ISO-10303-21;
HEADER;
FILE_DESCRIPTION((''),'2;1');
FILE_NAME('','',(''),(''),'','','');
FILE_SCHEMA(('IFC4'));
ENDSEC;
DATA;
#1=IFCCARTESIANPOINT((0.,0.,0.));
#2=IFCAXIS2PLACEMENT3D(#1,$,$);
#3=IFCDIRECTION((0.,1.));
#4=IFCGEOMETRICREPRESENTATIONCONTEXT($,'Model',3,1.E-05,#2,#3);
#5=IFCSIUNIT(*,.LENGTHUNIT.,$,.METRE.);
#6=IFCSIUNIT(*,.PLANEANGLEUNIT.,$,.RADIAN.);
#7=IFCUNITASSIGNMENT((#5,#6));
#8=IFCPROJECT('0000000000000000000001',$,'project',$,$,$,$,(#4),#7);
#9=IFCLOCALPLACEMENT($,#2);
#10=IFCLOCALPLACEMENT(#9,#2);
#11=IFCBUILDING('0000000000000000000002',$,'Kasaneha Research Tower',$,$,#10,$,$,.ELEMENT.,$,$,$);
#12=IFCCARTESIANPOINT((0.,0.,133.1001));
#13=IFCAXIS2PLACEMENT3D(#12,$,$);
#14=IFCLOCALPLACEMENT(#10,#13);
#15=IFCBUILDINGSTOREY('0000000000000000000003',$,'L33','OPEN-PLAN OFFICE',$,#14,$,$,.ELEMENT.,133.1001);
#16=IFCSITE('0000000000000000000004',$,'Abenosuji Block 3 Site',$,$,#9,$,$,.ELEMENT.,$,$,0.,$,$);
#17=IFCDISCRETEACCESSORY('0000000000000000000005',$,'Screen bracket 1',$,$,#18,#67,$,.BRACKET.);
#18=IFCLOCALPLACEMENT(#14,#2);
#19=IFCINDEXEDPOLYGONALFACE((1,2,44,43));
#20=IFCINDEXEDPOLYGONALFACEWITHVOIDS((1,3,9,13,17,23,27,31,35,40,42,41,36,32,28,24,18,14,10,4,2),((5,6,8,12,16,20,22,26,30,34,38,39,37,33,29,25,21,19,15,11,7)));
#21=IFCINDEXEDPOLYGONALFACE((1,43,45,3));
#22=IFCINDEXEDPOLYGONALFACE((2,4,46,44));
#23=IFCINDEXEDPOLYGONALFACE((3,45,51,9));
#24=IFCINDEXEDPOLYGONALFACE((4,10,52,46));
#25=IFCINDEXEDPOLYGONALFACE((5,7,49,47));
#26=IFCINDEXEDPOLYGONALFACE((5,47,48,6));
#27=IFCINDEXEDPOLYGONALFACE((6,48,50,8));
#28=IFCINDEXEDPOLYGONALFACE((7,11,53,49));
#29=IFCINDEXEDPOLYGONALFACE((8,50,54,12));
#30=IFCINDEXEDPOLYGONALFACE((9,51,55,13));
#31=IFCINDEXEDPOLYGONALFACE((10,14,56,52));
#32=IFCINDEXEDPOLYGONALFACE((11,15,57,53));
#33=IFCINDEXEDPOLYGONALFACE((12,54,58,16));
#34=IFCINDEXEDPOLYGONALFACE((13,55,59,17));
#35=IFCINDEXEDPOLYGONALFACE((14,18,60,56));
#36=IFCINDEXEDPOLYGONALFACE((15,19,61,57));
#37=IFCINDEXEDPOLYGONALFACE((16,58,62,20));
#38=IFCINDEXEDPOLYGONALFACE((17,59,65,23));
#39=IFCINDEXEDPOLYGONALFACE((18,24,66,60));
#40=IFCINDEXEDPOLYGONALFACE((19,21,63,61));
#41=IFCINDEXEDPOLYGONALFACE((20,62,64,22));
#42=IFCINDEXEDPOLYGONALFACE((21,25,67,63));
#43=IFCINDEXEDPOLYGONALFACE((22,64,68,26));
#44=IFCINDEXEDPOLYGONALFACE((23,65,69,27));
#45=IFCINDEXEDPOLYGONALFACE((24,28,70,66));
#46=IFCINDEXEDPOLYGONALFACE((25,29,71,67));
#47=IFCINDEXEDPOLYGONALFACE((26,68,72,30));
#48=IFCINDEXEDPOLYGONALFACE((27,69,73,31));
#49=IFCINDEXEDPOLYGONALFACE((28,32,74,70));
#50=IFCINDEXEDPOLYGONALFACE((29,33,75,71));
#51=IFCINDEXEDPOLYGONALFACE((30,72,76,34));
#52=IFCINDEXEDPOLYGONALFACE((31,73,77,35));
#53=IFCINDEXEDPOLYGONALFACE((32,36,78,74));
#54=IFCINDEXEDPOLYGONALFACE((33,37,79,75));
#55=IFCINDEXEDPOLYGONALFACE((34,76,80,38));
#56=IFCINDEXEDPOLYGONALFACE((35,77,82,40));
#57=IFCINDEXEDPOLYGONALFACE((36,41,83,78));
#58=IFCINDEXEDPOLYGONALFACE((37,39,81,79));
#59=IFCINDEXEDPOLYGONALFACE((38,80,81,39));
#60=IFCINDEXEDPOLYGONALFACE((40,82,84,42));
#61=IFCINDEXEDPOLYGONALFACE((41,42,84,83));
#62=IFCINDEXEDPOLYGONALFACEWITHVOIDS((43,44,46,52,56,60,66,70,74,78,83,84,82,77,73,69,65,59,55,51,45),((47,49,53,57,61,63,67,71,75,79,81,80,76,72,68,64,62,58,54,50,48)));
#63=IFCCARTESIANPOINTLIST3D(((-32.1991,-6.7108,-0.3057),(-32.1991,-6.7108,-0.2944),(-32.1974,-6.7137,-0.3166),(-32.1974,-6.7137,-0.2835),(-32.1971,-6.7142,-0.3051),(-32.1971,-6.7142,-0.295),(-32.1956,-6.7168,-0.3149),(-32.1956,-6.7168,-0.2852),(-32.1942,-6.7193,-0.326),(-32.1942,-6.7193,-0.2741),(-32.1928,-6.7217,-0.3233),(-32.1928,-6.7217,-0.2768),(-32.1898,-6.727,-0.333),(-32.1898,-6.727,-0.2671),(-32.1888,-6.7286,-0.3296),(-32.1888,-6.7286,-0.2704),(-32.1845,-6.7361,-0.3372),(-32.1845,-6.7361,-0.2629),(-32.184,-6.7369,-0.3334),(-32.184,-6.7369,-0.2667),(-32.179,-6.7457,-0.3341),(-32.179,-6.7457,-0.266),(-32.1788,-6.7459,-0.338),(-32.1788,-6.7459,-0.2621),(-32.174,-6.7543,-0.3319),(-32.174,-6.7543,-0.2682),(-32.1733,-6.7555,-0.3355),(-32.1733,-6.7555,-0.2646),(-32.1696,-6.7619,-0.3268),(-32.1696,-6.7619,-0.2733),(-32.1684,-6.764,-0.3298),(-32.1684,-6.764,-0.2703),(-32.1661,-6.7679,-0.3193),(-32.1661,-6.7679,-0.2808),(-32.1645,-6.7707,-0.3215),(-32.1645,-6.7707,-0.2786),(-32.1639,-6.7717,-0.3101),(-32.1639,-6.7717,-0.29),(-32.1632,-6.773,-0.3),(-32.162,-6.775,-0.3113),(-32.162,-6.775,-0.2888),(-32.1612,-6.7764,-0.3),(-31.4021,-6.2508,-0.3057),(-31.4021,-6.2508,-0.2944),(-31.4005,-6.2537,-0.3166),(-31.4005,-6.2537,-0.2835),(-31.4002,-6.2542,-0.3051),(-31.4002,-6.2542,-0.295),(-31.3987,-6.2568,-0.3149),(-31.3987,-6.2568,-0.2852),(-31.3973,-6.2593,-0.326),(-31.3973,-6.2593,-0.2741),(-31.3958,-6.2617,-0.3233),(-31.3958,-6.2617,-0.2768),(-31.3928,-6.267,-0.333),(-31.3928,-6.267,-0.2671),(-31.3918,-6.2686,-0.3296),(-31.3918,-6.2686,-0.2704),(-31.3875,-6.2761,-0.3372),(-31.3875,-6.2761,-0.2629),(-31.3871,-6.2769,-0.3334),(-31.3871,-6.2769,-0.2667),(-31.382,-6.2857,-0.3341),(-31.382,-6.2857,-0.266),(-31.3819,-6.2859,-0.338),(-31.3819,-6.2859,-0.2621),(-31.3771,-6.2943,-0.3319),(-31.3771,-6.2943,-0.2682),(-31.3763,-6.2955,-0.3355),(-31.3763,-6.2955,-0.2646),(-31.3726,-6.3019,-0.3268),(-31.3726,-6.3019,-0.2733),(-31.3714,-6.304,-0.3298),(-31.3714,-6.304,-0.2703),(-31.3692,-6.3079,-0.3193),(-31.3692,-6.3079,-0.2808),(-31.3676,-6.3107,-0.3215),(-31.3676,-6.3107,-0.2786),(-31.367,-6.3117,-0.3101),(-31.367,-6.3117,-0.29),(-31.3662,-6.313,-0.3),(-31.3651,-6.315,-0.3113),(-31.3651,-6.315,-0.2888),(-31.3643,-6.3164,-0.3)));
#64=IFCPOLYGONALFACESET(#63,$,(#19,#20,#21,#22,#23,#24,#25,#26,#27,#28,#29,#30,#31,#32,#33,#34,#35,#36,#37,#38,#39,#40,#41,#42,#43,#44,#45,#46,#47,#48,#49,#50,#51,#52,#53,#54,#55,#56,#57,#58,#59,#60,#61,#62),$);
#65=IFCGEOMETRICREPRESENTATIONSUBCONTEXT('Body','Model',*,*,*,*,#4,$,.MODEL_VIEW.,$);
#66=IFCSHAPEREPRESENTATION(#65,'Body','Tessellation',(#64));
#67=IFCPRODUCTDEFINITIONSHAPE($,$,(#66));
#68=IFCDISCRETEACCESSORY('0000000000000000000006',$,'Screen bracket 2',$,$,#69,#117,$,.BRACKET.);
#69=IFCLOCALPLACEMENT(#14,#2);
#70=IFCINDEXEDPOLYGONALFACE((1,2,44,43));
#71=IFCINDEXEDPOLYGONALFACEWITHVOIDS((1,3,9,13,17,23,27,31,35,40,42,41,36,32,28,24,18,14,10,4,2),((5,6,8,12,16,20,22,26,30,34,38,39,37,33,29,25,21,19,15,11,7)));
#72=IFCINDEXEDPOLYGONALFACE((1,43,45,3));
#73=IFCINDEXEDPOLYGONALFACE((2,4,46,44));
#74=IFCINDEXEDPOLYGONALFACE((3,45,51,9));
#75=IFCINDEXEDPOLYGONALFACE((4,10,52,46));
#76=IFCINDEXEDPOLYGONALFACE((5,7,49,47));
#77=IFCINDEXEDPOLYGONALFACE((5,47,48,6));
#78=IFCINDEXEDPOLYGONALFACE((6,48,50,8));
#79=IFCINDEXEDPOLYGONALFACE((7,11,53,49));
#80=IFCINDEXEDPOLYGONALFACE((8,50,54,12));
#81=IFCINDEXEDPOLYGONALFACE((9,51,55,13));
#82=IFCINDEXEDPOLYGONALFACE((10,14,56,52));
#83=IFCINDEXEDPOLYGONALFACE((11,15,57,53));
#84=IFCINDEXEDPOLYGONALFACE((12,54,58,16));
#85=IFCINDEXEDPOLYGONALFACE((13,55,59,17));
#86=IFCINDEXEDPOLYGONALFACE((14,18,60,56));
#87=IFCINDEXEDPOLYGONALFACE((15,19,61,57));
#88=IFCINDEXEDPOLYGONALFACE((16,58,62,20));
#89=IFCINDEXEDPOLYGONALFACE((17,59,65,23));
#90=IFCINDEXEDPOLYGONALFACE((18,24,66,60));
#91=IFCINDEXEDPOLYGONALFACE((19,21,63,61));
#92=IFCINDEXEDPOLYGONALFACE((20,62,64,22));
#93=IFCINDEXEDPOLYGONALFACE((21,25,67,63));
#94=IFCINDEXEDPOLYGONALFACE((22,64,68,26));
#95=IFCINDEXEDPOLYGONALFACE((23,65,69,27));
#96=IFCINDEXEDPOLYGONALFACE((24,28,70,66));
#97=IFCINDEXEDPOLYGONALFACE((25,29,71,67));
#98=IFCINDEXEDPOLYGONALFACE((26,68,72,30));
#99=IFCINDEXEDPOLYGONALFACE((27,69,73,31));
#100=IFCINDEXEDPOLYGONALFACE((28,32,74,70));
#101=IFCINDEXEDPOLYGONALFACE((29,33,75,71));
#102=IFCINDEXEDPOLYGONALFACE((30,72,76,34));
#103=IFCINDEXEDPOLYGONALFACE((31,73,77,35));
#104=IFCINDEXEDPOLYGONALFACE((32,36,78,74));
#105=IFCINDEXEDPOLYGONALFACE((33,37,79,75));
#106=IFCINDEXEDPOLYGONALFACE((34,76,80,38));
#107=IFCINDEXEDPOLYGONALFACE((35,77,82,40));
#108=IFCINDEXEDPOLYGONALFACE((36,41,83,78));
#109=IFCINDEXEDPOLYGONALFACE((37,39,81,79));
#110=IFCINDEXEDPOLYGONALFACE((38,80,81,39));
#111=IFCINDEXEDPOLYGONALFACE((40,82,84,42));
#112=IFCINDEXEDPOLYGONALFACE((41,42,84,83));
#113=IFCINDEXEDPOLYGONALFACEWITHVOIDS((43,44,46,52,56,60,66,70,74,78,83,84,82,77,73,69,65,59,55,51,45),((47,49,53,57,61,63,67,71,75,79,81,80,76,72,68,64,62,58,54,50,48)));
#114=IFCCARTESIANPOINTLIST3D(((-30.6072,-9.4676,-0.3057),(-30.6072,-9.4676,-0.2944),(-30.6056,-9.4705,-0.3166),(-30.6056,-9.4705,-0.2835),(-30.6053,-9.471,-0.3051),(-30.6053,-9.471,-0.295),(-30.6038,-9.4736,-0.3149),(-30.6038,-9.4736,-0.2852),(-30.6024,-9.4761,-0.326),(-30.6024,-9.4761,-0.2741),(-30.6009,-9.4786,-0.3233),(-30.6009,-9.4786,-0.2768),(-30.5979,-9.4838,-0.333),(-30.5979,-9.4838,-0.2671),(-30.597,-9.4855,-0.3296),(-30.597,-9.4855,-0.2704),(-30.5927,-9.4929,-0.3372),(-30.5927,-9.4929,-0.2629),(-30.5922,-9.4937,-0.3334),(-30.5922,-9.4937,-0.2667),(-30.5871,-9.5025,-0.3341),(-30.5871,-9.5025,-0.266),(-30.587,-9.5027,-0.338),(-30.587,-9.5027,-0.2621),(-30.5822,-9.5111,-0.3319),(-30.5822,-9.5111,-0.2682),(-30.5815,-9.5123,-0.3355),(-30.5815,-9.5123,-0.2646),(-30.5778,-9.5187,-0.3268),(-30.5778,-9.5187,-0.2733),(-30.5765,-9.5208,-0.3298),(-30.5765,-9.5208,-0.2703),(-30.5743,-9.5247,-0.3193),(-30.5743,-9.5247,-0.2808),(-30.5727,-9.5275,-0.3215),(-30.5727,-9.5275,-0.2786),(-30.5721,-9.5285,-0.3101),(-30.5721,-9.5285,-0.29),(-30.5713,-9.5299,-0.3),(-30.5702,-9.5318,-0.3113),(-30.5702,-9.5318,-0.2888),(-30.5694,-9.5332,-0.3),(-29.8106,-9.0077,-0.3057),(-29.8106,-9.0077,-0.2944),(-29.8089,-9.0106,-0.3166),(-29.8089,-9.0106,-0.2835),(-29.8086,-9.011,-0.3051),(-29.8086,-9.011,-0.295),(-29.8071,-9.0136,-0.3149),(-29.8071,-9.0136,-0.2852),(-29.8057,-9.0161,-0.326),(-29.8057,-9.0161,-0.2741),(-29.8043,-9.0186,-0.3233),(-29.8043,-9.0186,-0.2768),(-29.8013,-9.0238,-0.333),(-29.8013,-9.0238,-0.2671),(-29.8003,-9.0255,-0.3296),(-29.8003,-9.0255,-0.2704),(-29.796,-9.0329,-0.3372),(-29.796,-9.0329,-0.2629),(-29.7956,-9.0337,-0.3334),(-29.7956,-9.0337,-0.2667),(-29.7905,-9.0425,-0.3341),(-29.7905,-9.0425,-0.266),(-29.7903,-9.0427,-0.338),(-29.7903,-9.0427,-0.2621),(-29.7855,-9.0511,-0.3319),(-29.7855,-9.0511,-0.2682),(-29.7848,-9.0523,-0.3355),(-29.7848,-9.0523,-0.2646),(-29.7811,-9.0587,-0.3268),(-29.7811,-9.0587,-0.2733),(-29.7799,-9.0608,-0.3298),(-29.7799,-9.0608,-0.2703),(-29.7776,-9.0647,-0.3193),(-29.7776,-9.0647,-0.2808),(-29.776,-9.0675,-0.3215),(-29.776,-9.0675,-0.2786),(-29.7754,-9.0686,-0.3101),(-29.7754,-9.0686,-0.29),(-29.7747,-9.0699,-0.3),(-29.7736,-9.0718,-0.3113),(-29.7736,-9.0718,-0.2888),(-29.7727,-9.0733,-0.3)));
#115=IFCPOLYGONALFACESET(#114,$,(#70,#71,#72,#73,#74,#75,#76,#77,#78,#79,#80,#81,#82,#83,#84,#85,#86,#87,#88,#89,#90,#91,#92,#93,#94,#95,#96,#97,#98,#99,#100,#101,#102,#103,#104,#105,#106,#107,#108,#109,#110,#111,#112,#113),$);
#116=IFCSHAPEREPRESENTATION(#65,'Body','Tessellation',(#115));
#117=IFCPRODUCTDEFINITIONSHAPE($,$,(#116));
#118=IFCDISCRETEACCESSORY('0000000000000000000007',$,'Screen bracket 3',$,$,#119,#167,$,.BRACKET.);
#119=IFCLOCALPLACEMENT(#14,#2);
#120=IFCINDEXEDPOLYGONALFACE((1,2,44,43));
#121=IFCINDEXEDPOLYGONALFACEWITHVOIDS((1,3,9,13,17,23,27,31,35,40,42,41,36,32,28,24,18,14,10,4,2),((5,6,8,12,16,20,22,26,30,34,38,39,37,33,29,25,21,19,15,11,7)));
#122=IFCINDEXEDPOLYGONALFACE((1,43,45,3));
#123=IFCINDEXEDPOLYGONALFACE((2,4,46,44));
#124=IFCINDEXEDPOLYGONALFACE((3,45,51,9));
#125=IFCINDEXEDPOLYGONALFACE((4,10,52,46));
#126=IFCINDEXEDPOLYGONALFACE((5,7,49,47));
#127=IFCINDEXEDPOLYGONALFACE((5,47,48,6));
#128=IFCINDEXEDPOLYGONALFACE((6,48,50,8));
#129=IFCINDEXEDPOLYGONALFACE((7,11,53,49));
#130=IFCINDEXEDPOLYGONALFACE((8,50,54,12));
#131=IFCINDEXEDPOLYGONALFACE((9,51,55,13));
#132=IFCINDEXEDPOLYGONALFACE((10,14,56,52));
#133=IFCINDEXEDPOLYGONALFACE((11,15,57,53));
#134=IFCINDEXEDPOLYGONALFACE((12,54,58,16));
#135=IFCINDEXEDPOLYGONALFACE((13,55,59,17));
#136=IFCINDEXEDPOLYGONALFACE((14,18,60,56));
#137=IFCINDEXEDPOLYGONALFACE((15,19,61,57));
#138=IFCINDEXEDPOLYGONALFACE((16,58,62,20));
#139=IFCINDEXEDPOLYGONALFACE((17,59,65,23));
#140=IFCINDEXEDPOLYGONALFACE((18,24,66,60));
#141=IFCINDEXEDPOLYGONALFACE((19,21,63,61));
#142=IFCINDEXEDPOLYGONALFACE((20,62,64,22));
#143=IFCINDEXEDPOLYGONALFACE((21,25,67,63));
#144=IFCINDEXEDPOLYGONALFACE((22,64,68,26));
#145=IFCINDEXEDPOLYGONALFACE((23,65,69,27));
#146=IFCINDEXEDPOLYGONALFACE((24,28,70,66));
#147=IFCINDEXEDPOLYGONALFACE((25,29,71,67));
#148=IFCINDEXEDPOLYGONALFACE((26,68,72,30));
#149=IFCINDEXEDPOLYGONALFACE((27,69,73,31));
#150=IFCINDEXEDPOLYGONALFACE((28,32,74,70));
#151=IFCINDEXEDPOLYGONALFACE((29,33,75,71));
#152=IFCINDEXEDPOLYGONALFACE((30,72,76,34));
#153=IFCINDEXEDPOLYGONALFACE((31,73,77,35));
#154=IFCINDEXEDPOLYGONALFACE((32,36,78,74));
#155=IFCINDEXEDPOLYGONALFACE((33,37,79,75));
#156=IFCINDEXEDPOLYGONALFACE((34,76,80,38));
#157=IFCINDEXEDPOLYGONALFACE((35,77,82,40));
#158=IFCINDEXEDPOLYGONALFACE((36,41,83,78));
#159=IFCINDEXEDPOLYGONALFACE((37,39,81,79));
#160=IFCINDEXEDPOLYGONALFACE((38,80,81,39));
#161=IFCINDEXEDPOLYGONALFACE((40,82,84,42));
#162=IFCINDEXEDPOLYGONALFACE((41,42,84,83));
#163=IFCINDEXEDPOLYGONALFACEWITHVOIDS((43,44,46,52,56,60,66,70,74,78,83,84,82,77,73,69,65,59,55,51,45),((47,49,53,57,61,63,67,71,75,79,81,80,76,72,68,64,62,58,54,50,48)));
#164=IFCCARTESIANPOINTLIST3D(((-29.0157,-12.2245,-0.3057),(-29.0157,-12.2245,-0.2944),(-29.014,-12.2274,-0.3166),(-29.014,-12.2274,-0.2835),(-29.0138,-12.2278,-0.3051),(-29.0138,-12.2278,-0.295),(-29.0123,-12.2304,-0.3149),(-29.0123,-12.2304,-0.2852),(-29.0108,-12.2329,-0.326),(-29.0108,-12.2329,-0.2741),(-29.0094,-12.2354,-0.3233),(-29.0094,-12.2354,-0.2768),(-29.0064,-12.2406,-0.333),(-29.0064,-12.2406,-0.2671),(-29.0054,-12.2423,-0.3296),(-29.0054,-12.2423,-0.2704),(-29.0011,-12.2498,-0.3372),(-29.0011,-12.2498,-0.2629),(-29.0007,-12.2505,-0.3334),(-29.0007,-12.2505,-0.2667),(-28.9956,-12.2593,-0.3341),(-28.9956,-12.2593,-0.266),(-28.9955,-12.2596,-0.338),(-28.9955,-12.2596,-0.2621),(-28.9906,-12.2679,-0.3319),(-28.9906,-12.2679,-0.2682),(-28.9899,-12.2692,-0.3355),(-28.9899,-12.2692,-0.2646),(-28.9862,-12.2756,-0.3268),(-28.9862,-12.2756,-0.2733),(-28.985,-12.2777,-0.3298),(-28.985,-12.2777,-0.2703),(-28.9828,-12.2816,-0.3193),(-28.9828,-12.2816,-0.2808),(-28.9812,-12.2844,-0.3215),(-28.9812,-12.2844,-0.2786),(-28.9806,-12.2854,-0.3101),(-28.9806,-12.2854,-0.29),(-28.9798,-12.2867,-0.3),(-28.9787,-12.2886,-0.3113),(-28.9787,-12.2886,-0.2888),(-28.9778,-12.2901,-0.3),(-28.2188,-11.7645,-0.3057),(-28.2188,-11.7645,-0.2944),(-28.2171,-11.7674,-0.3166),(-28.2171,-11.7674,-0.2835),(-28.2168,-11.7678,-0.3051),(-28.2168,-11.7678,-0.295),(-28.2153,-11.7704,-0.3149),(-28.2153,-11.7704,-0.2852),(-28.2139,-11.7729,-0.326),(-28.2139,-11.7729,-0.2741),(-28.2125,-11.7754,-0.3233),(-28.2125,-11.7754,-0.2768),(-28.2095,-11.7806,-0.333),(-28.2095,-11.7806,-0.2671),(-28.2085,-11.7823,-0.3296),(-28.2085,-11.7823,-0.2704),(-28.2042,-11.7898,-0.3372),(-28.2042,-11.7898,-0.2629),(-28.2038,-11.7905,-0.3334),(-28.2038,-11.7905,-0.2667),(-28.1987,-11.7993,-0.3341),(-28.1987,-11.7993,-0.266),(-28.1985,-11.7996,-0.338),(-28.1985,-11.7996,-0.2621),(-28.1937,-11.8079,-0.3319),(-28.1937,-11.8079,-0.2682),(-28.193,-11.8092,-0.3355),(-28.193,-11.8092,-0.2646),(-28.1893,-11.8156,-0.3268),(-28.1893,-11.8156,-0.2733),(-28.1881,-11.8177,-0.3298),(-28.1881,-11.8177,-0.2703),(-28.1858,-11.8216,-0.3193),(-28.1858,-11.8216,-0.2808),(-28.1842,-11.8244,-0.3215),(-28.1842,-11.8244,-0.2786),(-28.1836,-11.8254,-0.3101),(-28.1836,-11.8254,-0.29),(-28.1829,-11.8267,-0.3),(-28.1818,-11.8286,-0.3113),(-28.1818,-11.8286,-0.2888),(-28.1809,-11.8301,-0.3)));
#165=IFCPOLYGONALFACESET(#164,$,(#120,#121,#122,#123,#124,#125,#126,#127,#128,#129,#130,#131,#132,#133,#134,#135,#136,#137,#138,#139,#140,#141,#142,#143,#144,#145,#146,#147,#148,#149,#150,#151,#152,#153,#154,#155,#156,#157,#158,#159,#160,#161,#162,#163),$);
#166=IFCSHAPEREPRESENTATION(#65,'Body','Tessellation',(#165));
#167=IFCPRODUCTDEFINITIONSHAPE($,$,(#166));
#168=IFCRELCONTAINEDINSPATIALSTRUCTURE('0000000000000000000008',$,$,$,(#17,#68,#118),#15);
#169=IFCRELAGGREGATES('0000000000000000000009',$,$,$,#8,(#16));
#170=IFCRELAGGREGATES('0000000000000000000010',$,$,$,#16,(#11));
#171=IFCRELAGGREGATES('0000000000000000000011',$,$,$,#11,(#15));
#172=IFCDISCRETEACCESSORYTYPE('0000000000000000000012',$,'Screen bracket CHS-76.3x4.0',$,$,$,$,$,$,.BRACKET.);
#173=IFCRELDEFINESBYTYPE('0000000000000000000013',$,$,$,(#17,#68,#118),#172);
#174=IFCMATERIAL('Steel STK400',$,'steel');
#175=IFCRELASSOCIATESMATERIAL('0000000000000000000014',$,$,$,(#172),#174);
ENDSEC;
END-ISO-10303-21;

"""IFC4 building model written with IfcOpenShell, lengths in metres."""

from ifc_helpers import new_model, si_unit, direction, frame, origin, origin_2d, place, context, subcontext, project, spatial, hollow_circle, extrude, material, material_profile, profile_set, type_object, element, save


model = new_model("IFC4")

# Units and contexts
model_context = context("Model", 3, precision=1e-05, world=origin(), true_north=direction((0.0, 1.0)))
body_context = subcontext(model_context, "Body", "Model", "MODEL_VIEW")
ifc_project = project(units=[si_unit("LENGTHUNIT", "METRE"), si_unit("PLANEANGLEUNIT", "RADIAN")], contexts=[model_context])

# Site, building, storey
site_placement = place(None, origin())
site = spatial("IfcSite", under=ifc_project, at=site_placement, Name="Abenosuji Block 3 Site", CompositionType="ELEMENT", RefElevation=0.0)
building_placement = place(site_placement, origin())
building = spatial("IfcBuilding", under=site, at=building_placement, Name="Kasaneha Research Tower", CompositionType="ELEMENT")
storey_placement = place(building_placement, frame((0.0, 0.0, 133.1001)))
storey = spatial("IfcBuildingStorey", under=building, at=storey_placement, Name="L33", Description="OPEN-PLAN OFFICE", CompositionType="ELEMENT", Elevation=133.1001)

# Discrete accessories
ifc_material_1 = material(Name="Steel STK400", Category="steel")
ifc_material_profile_1 = material_profile(ifc_material_1, hollow_circle(Radius=0.0381, WallThickness=0.0039, at=origin_2d()), Name="CHS-76.3x4.0")
ifc_profile_set_1 = profile_set([ifc_material_profile_1], Name="Steel STK400")
discrete_accessory_type = type_object("IfcDiscreteAccessoryType", Name="Screen bracket CHS-76.3x4.0", PredefinedType="BRACKET", material=ifc_profile_set_1)
discrete_accessory_1_placement = place(storey_placement, frame((-31.3833, -6.2834, -0.3), z_axis=(-0.86608, -0.499906, 0.0), x_axis=(0.499906, -0.86608, 0.0)))
element("IfcDiscreteAccessory", 1, at=discrete_accessory_1_placement, inside=storey, type_object=discrete_accessory_type, Name="Screen bracket 1", PredefinedType="BRACKET", context=body_context, shape_type="SweptSolid", body=[
    extrude(hollow_circle(Radius=0.0381, WallThickness=0.0039, at=origin_2d()), origin(), (0.0, 0.0, 1.0), 0.9202),
])
discrete_accessory_2_placement = place(storey_placement, frame((-29.7917, -9.0403, -0.3), z_axis=(-0.866013, -0.500021, 0.0), x_axis=(0.500021, -0.866013, 0.0)))
element("IfcDiscreteAccessory", 2, at=discrete_accessory_2_placement, inside=storey, type_object=discrete_accessory_type, Name="Screen bracket 2", PredefinedType="BRACKET", context=body_context, shape_type="SweptSolid", body=[
    extrude(hollow_circle(Radius=0.0381, WallThickness=0.0039, at=origin_2d()), origin(), (0.0, 0.0, 1.0), 0.9199),
])
discrete_accessory_3_placement = place(storey_placement, frame((-28.2, -11.7971, -0.3), z_axis=(-0.86608, -0.499906, 0.0), x_axis=(0.499906, -0.86608, 0.0)))
element("IfcDiscreteAccessory", 3, at=discrete_accessory_3_placement, inside=storey, type_object=discrete_accessory_type, Name="Screen bracket 3", PredefinedType="BRACKET", context=body_context, shape_type="SweptSolid", body=[
    extrude(hollow_circle(Radius=0.0381, WallThickness=0.0039, at=origin_2d()), origin(), (0.0, 0.0, 1.0), 0.9202),
])

save(model, "model.ifc")
